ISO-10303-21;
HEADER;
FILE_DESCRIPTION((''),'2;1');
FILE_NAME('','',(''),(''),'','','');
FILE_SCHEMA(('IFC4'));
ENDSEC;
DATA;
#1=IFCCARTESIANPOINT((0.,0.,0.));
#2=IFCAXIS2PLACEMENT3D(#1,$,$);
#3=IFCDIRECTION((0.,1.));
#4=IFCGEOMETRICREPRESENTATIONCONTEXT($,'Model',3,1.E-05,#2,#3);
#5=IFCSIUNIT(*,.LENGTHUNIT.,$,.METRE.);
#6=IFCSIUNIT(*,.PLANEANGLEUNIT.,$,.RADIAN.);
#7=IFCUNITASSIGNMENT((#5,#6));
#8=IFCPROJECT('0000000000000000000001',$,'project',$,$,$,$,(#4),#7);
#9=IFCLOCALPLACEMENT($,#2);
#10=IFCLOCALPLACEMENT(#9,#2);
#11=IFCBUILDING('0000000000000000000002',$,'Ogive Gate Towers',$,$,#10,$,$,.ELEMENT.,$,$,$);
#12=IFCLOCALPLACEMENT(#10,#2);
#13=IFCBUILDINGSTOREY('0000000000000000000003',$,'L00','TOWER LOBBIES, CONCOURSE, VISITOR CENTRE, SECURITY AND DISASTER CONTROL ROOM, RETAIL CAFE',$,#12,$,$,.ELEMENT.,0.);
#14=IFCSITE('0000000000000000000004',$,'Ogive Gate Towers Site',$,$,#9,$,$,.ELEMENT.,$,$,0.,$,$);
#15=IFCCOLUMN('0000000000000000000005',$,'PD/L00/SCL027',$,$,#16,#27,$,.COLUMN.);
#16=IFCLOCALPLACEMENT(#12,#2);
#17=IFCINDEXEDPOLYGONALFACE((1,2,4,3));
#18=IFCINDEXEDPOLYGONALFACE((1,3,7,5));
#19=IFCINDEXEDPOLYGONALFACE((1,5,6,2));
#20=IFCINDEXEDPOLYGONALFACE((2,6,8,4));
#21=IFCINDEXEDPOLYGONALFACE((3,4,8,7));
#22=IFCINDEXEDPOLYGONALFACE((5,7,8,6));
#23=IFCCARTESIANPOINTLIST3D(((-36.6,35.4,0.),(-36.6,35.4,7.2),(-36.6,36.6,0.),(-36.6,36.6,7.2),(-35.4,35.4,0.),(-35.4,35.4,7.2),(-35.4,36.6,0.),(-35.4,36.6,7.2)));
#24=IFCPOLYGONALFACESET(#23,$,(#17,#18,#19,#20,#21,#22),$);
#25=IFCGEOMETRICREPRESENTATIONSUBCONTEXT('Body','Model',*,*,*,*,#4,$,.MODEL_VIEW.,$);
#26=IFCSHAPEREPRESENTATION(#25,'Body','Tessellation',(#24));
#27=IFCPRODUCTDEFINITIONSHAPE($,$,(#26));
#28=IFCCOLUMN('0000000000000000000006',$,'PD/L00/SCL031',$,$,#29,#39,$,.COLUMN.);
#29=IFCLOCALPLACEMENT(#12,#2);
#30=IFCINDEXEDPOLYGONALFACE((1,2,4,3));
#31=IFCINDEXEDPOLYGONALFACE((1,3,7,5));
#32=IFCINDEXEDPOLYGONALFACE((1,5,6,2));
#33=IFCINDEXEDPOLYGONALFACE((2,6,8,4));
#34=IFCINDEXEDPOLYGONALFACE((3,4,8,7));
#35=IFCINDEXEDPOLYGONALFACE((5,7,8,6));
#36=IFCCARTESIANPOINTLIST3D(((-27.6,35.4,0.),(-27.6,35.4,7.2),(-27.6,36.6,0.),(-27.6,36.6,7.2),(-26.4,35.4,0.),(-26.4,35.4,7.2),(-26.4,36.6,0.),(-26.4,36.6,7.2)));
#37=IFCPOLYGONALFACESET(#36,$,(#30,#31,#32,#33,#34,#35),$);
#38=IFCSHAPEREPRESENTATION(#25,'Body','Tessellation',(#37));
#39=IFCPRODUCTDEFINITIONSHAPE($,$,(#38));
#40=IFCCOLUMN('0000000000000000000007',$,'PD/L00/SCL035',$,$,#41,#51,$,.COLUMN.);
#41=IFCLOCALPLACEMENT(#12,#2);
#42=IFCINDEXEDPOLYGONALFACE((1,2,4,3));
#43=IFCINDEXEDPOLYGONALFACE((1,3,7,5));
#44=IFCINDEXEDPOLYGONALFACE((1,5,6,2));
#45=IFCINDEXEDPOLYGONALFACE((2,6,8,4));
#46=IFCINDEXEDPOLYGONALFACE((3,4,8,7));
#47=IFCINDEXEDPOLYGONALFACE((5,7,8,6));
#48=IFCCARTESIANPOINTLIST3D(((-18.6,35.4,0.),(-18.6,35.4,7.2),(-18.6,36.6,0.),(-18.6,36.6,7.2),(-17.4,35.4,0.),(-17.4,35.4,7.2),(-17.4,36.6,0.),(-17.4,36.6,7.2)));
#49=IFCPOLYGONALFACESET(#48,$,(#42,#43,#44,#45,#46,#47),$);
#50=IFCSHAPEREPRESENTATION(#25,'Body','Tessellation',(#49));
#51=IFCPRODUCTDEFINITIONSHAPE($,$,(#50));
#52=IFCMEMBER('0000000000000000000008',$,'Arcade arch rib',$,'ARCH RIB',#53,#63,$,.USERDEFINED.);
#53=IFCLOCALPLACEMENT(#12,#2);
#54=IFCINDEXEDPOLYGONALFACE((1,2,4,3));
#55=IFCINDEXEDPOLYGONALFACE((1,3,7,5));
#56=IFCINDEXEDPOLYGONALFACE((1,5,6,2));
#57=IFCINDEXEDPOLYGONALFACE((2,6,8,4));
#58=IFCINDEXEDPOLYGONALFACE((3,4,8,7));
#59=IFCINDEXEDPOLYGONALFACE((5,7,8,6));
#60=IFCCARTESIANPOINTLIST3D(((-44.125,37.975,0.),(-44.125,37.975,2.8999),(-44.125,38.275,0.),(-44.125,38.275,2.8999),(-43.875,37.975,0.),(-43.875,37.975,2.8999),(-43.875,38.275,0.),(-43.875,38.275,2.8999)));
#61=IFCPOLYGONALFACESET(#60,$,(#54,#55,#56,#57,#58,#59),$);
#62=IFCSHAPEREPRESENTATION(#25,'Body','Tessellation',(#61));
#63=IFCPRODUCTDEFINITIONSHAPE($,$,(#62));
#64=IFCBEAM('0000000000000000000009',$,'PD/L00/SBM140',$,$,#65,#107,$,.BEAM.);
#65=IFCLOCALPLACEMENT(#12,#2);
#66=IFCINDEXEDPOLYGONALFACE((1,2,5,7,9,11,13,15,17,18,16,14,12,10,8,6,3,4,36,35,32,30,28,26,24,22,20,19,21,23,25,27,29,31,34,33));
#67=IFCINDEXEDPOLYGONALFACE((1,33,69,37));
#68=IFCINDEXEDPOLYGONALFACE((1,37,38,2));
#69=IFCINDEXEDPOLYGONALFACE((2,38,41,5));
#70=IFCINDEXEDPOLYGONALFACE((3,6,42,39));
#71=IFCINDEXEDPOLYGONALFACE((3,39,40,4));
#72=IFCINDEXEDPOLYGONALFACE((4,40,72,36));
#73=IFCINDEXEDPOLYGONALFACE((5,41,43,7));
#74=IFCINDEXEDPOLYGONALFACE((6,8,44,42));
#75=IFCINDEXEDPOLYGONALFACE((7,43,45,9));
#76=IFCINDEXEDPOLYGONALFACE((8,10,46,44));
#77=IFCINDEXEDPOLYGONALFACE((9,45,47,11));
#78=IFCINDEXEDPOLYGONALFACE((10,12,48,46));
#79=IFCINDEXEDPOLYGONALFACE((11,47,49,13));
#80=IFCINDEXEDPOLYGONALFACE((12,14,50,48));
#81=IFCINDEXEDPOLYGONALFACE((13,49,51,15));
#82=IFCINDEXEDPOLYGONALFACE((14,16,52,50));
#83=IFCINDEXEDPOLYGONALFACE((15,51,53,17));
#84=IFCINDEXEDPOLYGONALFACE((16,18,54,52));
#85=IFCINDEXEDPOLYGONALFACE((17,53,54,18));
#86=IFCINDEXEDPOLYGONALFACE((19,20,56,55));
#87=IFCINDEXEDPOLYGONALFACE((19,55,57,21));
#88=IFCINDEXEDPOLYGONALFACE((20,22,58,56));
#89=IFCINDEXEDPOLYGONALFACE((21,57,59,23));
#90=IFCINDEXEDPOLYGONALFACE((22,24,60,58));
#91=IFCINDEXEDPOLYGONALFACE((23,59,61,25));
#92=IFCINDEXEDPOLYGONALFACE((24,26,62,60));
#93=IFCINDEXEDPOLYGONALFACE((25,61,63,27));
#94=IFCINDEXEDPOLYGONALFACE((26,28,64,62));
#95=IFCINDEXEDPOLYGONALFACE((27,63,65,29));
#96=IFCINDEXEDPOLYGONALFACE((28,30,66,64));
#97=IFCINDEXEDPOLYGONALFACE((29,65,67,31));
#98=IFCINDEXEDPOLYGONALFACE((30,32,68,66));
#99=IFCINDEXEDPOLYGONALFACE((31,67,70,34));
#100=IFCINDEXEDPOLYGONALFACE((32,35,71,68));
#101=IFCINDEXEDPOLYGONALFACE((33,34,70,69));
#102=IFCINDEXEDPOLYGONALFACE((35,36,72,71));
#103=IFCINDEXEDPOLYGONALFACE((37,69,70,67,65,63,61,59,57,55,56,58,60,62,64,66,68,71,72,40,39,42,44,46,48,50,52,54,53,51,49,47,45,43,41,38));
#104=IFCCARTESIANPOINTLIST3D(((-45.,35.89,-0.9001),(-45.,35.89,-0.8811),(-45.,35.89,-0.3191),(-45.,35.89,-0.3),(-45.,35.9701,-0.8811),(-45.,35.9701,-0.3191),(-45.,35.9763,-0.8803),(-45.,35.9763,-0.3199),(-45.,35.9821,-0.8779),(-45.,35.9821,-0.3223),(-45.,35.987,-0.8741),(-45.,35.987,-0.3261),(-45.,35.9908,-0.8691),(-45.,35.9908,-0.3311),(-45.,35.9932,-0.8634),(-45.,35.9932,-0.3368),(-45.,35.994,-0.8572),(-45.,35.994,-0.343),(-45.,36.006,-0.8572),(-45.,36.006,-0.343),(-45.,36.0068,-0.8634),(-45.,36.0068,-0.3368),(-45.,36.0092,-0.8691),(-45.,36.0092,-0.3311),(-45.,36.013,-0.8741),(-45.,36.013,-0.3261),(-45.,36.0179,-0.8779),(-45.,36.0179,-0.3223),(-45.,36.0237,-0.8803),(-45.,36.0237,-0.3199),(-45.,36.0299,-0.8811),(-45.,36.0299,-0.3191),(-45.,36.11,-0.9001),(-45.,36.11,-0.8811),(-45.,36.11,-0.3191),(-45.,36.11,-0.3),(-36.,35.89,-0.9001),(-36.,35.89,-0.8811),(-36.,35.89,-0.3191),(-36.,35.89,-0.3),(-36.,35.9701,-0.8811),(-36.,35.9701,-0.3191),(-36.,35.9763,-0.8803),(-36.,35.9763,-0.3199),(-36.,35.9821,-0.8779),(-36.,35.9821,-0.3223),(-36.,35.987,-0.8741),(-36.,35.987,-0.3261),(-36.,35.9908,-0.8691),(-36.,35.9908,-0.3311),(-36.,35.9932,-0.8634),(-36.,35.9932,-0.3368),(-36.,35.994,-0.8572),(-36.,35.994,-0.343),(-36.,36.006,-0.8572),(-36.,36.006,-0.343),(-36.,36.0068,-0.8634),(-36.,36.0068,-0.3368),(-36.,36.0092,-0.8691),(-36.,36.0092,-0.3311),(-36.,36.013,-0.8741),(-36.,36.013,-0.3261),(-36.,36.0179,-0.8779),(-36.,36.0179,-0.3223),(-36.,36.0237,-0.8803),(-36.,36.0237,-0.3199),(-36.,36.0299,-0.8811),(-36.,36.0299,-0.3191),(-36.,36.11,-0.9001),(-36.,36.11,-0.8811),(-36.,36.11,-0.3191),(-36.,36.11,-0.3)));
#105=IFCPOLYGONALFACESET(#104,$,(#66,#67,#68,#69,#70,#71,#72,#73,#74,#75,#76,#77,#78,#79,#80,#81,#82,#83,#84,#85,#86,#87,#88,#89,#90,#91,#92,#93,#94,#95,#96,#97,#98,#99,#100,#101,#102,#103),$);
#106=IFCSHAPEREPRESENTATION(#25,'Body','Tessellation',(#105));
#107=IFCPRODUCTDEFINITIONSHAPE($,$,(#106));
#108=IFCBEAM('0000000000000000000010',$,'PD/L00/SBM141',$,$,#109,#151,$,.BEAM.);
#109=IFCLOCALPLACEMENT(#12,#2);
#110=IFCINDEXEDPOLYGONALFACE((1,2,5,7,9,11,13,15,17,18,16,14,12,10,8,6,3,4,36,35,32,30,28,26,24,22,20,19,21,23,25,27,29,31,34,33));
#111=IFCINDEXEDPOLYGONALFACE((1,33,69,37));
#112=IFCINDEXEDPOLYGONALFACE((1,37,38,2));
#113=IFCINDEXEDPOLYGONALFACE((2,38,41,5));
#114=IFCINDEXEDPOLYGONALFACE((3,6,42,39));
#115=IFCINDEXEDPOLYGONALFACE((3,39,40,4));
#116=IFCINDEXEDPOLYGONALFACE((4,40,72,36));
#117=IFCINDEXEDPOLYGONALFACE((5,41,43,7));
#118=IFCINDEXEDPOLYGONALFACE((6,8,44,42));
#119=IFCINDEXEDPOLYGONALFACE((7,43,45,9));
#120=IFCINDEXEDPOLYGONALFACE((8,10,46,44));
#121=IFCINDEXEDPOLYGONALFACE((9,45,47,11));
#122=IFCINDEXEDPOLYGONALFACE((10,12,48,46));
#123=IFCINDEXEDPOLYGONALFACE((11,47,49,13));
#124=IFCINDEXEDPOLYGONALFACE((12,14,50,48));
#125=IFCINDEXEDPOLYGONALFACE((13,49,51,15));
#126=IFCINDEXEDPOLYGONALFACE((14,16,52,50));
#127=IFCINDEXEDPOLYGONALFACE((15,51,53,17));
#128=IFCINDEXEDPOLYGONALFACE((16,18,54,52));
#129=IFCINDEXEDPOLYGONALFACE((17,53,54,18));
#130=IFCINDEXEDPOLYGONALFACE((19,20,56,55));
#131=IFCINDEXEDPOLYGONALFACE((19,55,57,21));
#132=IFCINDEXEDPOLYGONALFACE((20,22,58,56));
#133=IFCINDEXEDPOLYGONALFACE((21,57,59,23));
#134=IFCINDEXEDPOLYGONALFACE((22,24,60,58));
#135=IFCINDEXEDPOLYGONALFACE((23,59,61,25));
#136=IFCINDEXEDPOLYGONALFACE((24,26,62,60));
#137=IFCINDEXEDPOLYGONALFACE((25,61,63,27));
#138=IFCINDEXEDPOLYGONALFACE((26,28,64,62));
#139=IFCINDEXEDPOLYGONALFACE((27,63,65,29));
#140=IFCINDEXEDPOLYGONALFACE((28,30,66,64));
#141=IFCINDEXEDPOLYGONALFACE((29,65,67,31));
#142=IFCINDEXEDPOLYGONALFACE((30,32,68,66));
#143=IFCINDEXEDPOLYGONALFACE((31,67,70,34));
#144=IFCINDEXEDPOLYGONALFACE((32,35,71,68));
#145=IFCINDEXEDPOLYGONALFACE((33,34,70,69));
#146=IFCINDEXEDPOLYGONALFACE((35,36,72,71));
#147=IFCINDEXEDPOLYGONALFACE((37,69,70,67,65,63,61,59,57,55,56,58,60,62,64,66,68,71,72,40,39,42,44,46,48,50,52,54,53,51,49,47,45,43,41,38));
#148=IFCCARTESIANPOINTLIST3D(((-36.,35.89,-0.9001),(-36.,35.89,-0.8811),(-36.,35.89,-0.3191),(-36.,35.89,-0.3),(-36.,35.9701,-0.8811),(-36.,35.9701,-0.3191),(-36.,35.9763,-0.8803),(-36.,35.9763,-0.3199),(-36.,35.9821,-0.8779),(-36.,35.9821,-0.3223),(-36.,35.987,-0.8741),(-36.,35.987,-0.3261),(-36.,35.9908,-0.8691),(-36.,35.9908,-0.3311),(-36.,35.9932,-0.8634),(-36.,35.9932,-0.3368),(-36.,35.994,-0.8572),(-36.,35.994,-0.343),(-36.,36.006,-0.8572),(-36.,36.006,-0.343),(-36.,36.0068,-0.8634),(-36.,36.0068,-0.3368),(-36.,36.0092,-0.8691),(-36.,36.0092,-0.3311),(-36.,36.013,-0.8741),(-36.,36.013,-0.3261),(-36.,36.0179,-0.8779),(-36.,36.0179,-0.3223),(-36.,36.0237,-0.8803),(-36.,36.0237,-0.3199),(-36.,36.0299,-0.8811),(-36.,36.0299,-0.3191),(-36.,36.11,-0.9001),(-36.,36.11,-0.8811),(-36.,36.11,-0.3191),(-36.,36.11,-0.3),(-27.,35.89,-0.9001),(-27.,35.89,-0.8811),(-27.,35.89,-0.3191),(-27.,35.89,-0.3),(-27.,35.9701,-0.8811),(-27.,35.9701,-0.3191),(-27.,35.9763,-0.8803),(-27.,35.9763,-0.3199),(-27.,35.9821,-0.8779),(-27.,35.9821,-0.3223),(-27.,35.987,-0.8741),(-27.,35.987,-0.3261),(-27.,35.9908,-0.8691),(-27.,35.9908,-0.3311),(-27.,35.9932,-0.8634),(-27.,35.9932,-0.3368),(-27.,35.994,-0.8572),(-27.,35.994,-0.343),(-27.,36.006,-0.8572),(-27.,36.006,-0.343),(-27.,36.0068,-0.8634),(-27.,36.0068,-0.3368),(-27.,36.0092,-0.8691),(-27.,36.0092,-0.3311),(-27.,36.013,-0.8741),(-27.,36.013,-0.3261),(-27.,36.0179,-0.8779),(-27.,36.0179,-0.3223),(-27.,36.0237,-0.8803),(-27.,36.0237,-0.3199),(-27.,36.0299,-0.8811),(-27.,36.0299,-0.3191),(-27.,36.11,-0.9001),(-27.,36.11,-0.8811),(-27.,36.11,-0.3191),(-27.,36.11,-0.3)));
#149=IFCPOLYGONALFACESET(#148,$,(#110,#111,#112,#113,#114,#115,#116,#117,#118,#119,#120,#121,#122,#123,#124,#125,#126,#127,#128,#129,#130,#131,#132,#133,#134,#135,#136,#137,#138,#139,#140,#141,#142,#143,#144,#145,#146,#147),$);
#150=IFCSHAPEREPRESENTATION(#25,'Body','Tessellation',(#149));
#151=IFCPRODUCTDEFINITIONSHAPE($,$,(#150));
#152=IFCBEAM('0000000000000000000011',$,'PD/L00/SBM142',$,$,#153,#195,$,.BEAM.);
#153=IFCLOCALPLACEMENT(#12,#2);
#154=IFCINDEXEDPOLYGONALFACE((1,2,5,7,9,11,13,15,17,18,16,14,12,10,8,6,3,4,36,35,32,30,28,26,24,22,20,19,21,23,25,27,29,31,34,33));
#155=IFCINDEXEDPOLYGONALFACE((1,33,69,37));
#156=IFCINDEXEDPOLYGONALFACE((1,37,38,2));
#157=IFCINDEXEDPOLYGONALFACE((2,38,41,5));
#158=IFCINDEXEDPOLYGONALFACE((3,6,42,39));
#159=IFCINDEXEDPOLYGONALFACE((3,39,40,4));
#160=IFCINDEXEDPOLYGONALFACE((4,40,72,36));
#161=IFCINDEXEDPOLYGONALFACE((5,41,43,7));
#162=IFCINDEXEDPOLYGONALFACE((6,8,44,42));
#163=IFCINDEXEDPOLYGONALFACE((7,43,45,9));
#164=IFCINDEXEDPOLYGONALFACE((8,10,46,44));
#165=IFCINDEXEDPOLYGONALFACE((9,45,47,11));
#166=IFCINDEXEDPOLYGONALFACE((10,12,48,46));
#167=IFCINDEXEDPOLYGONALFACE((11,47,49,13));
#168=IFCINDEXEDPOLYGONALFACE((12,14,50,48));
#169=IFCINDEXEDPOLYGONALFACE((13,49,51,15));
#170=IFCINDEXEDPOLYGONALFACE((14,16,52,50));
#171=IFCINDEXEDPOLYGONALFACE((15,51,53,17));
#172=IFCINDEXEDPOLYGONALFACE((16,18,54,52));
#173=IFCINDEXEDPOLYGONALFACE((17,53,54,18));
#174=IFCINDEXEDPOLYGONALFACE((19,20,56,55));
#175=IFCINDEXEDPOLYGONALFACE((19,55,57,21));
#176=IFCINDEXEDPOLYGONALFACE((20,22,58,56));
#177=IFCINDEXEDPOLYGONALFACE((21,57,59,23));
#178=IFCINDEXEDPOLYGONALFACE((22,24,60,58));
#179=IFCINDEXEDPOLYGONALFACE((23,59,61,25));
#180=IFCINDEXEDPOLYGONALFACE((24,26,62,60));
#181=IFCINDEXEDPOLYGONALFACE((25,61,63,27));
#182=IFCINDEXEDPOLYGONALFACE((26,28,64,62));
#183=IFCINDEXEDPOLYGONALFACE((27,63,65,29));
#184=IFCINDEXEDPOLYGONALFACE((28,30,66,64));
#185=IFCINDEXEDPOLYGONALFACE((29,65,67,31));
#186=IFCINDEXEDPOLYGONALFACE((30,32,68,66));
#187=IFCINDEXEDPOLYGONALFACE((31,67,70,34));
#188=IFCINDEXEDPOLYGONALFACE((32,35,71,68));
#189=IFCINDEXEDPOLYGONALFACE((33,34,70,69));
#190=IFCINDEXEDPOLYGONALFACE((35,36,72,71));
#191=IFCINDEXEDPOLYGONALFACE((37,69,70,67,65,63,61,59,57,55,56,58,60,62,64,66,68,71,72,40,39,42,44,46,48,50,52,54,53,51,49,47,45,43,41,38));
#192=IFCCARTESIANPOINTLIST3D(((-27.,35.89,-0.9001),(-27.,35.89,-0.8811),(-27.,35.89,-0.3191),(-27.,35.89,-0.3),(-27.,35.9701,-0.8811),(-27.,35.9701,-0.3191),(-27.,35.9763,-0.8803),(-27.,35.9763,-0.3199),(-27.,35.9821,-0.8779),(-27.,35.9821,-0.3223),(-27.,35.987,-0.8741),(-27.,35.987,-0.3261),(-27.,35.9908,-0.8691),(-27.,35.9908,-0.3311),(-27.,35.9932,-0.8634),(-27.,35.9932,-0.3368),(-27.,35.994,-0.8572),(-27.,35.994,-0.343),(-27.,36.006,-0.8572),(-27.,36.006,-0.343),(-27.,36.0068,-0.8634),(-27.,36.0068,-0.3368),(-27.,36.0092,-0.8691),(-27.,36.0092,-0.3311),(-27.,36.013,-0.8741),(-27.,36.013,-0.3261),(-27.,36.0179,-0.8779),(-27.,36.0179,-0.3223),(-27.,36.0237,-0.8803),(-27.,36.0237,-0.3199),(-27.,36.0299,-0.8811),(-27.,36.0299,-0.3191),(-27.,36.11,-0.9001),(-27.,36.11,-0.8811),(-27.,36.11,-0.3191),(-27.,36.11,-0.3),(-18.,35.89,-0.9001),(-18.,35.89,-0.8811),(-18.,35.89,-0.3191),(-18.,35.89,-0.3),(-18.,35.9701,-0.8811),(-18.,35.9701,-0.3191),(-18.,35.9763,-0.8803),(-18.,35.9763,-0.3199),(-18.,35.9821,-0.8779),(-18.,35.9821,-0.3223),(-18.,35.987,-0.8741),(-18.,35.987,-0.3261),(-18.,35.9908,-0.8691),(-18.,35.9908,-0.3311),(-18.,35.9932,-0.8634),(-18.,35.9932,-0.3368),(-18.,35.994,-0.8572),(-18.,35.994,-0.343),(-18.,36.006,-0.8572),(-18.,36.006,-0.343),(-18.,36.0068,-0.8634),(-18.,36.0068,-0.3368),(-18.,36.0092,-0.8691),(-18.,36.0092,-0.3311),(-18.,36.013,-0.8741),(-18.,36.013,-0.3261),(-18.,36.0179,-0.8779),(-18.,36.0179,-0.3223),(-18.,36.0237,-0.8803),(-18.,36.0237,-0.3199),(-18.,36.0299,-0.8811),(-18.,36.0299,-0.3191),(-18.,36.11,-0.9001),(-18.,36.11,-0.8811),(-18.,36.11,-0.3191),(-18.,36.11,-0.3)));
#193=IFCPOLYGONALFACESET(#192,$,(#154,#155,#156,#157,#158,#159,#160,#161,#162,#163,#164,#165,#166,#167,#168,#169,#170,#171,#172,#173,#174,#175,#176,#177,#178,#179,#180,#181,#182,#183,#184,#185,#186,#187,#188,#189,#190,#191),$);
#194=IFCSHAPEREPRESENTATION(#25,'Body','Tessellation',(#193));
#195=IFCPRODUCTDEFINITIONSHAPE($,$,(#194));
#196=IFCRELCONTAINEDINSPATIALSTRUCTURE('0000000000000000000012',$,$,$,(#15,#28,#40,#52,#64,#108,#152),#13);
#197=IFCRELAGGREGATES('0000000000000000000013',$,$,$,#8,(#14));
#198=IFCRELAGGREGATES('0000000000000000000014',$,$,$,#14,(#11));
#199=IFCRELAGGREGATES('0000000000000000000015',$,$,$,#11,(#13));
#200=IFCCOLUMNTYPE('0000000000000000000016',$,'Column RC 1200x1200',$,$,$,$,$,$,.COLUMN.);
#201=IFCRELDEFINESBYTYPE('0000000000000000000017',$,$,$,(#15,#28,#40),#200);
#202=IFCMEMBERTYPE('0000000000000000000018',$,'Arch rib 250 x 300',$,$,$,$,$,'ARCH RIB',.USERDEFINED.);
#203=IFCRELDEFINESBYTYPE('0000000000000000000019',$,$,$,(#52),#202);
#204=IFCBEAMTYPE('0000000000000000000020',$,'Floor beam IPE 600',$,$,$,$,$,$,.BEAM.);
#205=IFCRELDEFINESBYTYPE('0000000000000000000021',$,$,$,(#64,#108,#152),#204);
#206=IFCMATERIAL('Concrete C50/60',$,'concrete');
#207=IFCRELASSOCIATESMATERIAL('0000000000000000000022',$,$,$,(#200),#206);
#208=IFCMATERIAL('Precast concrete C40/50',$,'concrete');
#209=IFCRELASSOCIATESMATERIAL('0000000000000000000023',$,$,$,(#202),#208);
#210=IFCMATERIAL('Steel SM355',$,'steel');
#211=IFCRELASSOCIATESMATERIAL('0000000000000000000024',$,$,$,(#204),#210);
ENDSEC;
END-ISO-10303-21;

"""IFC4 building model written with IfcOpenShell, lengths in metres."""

from ifc_helpers import new_model, si_unit, direction, frame, origin, origin_2d, place, context, subcontext, project, spatial, rectangle, i_section, extrude, material, material_profile, profile_set, type_object, element, save


model = new_model("IFC4")

# Units and contexts
model_context = context("Model", 3, precision=1e-05, world=origin(), true_north=direction((0.0, 1.0)))
body_context = subcontext(model_context, "Body", "Model", "MODEL_VIEW")
ifc_project = project(units=[si_unit("LENGTHUNIT", "METRE"), si_unit("PLANEANGLEUNIT", "RADIAN")], contexts=[model_context])

# Site, building, storey
site_placement = place(None, origin())
site = spatial("IfcSite", under=ifc_project, at=site_placement, Name="Ogive Gate Towers Site", CompositionType="ELEMENT", RefElevation=0.0)
building_placement = place(site_placement, origin())
building = spatial("IfcBuilding", under=site, at=building_placement, Name="Ogive Gate Towers", CompositionType="ELEMENT")
storey_placement = place(building_placement, origin())
storey = spatial("IfcBuildingStorey", under=building, at=storey_placement, Name="L00", Description="TOWER LOBBIES, CONCOURSE, VISITOR CENTRE, SECURITY AND DISASTER CONTROL ROOM, RETAIL CAFE", CompositionType="ELEMENT", Elevation=0.0)

# Columns
ifc_material_1 = material(Name="Concrete C50/60", Category="concrete")
ifc_material_profile_1 = material_profile(ifc_material_1, rectangle(XDim=1.2, YDim=1.2, at=origin_2d()), Name="RC 1200x1200")
ifc_profile_set_1 = profile_set([ifc_material_profile_1], Name="Concrete C50/60")
column_type = type_object("IfcColumnType", Name="Column RC 1200x1200", PredefinedType="COLUMN", material=ifc_profile_set_1)
for number, where, z_axis, x_axis, name in (
    (1, (-36.0, 36.0, 0.0), (0.0, 0.0, 1.0), (1.0, 0.0, 0.0), "PD/L00/SCL027"),
    (2, (-27.0, 36.0, 0.0), (0.0, 0.0, 1.0), (1.0, 0.0, 0.0), "PD/L00/SCL031"),
    (3, (-18.0, 36.0, 0.0), (0.0, 0.0, 1.0), (1.0, 0.0, 0.0), "PD/L00/SCL035"),
):
    element("IfcColumn", number, at=place(storey_placement, frame(where, z_axis=z_axis, x_axis=x_axis)), inside=storey, type_object=column_type, Name=name, PredefinedType="COLUMN", context=body_context, shape_type="SweptSolid", body=[
        extrude(rectangle(XDim=1.2, YDim=1.2, at=origin_2d()), origin(), (0.0, 0.0, 1.0), 7.2),
    ])

# Member
ifc_material_2 = material(Name="Precast concrete C40/50", Category="concrete")
ifc_material_profile_2 = material_profile(ifc_material_2, rectangle(XDim=0.25, YDim=0.3, at=origin_2d()), Name="250 x 300 cast stone")
ifc_profile_set_2 = profile_set([ifc_material_profile_2], Name="Precast concrete C40/50")
member_type_1 = type_object("IfcMemberType", Name="Arch rib 250 x 300", ElementType="ARCH RIB", PredefinedType="USERDEFINED", material=ifc_profile_set_2)
member_1_placement = place(storey_placement, frame((-44.0, 38.125, 0.0), z_axis=(0.0, 0.0, 1.0), x_axis=(1.0, 0.0, 0.0)))
element("IfcMember", 4, at=member_1_placement, inside=storey, type_object=member_type_1, Name="Arcade arch rib", ObjectType="ARCH RIB", PredefinedType="USERDEFINED", context=body_context, shape_type="SweptSolid", body=[
    extrude(rectangle(XDim=0.25, YDim=0.3, at=origin_2d()), origin(), (0.0, 0.0, 1.0), 2.8999),
])

# Beams
ifc_material_3 = material(Name="Steel SM355", Category="steel")
ifc_material_profile_3 = material_profile(ifc_material_3, i_section(OverallWidth=0.22, OverallDepth=0.6001, WebThickness=0.012, FlangeThickness=0.019, FilletRadius=0.0239, at=origin_2d()), Name="IPE 600")
ifc_profile_set_3 = profile_set([ifc_material_profile_3], Name="Steel SM355")
beam_type = type_object("IfcBeamType", Name="Floor beam IPE 600", PredefinedType="BEAM", material=ifc_profile_set_3)
for number, where, z_axis, x_axis, name in (
    (5, (-45.0, 36.0, -0.6001), (1.0, 0.0, 0.0), (0.0, 1.0, 0.0), "PD/L00/SBM140"),
    (6, (-36.0, 36.0, -0.6001), (1.0, 0.0, 0.0), (0.0, 1.0, 0.0), "PD/L00/SBM141"),
    (7, (-27.0, 36.0, -0.6001), (1.0, 0.0, 0.0), (0.0, 1.0, 0.0), "PD/L00/SBM142"),
):
    element("IfcBeam", number, at=place(storey_placement, frame(where, z_axis=z_axis, x_axis=x_axis)), inside=storey, type_object=beam_type, Name=name, PredefinedType="BEAM", context=body_context, shape_type="SweptSolid", body=[
        extrude(i_section(OverallWidth=0.22, OverallDepth=0.6001, WebThickness=0.012, FlangeThickness=0.019, FilletRadius=0.0239, at=origin_2d()), origin(), (0.0, 0.0, 1.0), 9.0),
    ])

save(model, "model.ifc")
